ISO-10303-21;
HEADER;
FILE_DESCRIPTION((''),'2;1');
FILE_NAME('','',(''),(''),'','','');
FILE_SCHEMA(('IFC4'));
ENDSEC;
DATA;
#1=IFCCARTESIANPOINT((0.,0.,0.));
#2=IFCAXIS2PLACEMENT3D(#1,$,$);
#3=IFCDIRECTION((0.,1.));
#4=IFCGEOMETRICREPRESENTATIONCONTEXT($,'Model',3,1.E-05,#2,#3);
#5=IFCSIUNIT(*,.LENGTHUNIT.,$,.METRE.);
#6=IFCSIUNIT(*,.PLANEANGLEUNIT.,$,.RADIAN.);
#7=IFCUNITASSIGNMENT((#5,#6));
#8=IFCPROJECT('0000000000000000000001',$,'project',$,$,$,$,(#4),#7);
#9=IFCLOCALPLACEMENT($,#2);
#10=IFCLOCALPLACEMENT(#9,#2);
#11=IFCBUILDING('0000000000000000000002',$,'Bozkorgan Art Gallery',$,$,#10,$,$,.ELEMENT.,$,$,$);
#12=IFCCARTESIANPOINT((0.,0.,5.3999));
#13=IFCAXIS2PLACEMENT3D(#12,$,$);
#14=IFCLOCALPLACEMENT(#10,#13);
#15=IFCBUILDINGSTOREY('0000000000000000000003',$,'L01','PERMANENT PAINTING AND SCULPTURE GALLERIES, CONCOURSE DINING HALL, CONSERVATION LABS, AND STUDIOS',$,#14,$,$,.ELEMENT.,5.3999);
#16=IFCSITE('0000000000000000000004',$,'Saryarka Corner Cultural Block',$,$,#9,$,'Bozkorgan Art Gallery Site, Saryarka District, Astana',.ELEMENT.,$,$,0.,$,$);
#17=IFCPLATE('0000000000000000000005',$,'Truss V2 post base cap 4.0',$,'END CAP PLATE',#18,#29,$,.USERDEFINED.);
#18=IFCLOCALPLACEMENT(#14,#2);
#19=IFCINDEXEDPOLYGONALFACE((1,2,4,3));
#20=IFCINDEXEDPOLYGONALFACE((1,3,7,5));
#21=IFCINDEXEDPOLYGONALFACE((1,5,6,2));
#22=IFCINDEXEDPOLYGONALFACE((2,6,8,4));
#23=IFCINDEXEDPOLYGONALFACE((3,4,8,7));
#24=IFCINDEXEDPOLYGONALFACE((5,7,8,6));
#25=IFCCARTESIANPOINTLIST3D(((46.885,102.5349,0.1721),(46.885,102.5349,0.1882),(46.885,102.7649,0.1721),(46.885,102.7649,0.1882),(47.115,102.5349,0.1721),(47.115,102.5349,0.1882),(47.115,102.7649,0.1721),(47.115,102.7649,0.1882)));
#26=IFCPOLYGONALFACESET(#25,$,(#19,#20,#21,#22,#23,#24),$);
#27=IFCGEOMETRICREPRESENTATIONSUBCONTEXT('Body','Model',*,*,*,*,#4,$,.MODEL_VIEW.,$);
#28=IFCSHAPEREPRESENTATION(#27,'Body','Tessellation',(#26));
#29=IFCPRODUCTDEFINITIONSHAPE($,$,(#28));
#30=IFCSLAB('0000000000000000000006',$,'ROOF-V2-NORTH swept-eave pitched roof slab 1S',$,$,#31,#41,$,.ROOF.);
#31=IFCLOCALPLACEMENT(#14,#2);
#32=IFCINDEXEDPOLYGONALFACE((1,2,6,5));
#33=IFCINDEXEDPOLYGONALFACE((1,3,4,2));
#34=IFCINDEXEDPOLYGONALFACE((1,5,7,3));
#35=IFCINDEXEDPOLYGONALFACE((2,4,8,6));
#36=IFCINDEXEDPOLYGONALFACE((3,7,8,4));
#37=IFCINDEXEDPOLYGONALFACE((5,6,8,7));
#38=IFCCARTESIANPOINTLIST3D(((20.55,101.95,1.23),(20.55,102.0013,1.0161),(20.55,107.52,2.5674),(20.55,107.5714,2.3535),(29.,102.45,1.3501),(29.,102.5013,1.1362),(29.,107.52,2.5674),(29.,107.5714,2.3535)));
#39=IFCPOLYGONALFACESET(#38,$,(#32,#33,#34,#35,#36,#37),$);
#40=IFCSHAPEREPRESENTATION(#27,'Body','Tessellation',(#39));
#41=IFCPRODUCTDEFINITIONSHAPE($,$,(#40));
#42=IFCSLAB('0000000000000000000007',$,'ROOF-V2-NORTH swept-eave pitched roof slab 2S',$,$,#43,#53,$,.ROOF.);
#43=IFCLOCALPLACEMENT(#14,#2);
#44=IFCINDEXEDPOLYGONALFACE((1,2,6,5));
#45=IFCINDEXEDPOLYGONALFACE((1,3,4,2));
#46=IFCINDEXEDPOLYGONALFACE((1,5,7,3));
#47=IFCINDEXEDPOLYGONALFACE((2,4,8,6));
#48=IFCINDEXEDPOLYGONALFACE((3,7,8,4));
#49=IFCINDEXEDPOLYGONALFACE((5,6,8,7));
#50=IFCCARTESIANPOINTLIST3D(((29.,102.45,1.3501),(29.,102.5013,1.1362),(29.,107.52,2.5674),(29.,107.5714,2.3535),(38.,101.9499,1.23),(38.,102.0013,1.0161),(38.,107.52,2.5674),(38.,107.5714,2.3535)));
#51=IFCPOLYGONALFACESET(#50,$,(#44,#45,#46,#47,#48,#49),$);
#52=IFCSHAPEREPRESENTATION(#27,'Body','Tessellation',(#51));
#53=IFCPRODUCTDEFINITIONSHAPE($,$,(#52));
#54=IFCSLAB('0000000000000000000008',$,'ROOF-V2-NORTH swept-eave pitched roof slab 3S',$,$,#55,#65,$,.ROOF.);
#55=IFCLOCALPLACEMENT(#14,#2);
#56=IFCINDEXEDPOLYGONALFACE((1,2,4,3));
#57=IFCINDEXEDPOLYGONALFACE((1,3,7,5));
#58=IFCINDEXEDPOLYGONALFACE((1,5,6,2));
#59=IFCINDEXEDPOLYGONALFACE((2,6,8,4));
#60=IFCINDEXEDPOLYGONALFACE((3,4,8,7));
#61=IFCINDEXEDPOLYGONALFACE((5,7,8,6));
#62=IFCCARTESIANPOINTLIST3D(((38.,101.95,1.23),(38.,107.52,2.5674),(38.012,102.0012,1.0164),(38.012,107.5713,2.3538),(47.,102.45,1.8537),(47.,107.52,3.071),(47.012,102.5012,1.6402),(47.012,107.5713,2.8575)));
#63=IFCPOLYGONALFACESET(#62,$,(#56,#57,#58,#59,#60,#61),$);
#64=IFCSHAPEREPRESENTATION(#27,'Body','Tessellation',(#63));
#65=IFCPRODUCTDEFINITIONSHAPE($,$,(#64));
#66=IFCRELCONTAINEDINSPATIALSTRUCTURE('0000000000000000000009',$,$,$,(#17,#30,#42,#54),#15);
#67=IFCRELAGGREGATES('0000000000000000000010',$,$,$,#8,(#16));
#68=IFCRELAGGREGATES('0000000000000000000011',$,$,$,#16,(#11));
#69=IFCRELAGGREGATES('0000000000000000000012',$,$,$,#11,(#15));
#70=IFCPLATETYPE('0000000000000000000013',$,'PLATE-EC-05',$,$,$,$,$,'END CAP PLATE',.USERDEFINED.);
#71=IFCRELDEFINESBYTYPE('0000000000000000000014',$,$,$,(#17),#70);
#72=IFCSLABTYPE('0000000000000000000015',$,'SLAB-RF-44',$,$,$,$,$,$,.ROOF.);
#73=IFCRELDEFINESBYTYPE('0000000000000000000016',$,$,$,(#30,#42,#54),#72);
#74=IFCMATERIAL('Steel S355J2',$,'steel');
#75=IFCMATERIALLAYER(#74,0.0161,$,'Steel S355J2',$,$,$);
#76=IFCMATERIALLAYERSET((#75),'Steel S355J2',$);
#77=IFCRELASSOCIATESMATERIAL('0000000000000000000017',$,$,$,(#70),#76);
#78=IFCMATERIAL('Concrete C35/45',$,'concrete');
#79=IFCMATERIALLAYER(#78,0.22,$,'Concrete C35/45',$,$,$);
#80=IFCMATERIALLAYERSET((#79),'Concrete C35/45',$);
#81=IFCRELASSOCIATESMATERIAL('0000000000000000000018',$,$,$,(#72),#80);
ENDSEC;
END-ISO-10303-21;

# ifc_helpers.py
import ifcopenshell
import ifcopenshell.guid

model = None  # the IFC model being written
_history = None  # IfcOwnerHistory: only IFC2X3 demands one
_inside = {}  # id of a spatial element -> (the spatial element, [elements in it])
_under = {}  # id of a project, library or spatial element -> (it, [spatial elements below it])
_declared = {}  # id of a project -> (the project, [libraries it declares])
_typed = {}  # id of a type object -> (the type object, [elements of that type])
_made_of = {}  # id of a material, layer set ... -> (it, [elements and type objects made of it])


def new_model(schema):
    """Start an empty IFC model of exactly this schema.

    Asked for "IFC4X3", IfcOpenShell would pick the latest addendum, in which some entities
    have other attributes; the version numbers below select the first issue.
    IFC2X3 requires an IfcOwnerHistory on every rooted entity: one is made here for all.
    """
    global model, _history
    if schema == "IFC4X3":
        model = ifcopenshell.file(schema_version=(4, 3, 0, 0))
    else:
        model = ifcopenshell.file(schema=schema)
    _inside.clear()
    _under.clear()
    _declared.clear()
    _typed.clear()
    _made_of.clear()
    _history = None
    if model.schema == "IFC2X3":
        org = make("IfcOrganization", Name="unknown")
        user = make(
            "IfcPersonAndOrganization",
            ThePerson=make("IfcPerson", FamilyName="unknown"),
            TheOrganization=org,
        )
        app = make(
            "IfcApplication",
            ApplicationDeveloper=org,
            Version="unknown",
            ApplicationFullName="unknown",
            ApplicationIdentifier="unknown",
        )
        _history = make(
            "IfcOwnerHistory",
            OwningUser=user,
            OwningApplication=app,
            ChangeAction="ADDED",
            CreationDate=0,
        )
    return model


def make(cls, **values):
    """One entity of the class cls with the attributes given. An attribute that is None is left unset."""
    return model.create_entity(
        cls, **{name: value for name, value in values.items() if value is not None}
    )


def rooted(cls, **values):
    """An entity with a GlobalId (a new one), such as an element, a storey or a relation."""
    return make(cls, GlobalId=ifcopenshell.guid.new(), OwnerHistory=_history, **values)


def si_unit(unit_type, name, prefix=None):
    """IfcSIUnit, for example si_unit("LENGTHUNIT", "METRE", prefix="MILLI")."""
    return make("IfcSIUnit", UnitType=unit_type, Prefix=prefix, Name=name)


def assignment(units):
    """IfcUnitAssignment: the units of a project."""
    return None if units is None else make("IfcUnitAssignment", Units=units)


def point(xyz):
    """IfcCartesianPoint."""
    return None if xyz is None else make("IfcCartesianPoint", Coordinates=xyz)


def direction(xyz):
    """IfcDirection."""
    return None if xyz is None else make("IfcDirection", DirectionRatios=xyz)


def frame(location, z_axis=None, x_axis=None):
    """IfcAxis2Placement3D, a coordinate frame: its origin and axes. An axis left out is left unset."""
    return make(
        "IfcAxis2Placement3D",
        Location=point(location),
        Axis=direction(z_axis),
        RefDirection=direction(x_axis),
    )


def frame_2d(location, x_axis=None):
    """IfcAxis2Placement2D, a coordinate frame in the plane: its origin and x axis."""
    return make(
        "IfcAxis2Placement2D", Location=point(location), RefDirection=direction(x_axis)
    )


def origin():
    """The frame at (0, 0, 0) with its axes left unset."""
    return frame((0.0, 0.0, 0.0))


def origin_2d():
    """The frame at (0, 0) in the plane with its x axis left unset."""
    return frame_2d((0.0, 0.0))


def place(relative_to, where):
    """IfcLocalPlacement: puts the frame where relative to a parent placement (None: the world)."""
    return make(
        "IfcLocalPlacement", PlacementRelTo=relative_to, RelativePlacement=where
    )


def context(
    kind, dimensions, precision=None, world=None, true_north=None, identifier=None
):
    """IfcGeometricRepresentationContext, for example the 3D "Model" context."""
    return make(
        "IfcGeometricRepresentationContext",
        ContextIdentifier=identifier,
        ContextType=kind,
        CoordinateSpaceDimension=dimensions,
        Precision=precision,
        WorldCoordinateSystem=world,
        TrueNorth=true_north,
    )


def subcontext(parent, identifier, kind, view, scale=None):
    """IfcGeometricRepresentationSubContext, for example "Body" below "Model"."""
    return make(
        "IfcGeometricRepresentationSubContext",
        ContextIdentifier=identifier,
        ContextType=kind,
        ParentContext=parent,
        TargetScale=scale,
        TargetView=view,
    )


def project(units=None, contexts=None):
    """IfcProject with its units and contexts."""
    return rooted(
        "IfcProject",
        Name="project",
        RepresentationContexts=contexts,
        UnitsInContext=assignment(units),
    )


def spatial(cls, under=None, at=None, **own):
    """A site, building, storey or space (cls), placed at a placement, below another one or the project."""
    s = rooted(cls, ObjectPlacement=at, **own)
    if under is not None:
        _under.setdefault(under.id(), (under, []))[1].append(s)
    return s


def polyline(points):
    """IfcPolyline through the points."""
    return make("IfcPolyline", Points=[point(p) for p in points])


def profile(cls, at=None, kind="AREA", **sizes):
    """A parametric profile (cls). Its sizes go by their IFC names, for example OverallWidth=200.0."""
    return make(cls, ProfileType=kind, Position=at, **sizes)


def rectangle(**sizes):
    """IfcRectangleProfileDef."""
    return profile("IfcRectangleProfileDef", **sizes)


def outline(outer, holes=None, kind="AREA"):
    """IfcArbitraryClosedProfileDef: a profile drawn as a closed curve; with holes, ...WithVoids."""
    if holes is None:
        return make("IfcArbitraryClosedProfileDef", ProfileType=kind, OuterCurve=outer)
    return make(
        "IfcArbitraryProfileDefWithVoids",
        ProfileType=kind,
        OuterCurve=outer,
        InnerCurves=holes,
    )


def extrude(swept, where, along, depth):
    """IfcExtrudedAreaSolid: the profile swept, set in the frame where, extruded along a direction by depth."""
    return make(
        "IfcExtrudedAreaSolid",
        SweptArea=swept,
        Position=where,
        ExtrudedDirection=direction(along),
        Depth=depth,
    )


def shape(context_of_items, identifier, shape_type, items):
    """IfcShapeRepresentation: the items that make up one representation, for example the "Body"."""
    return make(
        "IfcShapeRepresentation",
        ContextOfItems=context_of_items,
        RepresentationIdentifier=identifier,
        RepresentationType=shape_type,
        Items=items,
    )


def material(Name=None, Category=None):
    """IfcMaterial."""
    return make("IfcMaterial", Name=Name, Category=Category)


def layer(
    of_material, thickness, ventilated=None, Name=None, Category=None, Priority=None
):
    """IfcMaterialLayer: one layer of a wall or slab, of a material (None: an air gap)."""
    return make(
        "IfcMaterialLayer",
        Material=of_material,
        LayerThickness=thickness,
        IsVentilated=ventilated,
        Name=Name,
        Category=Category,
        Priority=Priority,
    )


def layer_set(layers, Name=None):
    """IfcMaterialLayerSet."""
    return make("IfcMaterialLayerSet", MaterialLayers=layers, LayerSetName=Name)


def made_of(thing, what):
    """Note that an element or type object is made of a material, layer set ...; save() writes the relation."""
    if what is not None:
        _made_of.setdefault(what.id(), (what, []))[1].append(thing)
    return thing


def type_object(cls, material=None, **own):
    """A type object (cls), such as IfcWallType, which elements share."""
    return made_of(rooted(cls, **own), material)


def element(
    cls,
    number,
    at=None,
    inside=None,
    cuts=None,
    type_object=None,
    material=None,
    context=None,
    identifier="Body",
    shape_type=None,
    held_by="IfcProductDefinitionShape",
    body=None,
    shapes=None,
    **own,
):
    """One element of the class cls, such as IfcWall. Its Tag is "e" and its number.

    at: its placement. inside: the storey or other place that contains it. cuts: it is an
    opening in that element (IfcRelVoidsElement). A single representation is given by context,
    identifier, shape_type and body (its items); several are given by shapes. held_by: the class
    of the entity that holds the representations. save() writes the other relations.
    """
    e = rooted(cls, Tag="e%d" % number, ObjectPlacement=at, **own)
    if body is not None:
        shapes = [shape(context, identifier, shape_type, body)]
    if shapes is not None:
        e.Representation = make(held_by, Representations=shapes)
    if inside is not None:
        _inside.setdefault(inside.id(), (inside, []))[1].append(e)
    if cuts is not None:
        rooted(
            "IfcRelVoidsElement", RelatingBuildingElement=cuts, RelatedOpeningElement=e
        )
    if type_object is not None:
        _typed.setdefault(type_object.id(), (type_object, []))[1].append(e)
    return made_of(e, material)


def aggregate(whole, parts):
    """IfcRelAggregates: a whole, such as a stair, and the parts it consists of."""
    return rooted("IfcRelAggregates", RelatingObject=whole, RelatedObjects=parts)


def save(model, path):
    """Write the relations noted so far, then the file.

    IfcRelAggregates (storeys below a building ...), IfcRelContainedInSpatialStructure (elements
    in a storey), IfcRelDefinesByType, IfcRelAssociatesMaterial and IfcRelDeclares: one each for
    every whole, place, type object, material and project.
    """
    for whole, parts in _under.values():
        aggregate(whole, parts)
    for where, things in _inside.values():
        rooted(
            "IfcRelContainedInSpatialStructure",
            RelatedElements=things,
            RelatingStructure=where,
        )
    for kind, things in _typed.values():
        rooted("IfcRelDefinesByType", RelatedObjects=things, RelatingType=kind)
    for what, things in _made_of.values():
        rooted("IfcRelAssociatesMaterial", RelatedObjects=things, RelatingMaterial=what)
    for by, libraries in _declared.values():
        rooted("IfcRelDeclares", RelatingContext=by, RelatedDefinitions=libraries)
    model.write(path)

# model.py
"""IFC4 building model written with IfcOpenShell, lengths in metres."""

from ifc_helpers import new_model, si_unit, direction, frame, origin, origin_2d, place, context, subcontext, project, spatial, polyline, rectangle, outline, extrude, material, layer, layer_set, type_object, element, save


model = new_model("IFC4")

# Units and contexts
model_context = context("Model", 3, precision=1e-05, world=origin(), true_north=direction((0.0, 1.0)))
body_context = subcontext(model_context, "Body", "Model", "MODEL_VIEW")
ifc_project = project(units=[si_unit("LENGTHUNIT", "METRE"), si_unit("PLANEANGLEUNIT", "RADIAN")], contexts=[model_context])

# Site, building, storey
site_placement = place(None, origin())
site = spatial("IfcSite", under=ifc_project, at=site_placement, Name="Saryarka Corner Cultural Block", LongName="Bozkorgan Art Gallery Site, Saryarka District, Astana", CompositionType="ELEMENT", RefElevation=0.0)
building_placement = place(site_placement, origin())
building = spatial("IfcBuilding", under=site, at=building_placement, Name="Bozkorgan Art Gallery", CompositionType="ELEMENT")
storey_placement = place(building_placement, frame((0.0, 0.0, 5.3999)))
storey = spatial("IfcBuildingStorey", under=building, at=storey_placement, Name="L01", Description="PERMANENT PAINTING AND SCULPTURE GALLERIES, CONCOURSE DINING HALL, CONSERVATION LABS, AND STUDIOS", CompositionType="ELEMENT", Elevation=5.3999)

# Shared definitions
ifc_material_1 = material(Name="Steel S355J2", Category="steel")

# Plate
ifc_layer_1 = layer(ifc_material_1, 0.0161, Name="Steel S355J2")
ifc_layer_set_1 = layer_set([ifc_layer_1], Name="Steel S355J2")
plate_type_1 = type_object("IfcPlateType", Name="PLATE-EC-05", ElementType="END CAP PLATE", PredefinedType="USERDEFINED", material=ifc_layer_set_1)
for number, where, z_axis, x_axis, name in (
    (1, (47.0, 102.6499, 0.1721), (0.0, 0.0, 1.0), (1.0, 0.0, 0.0), "Truss V2 post base cap 4.0"),
):
    element("IfcPlate", number, at=place(storey_placement, frame(where, z_axis=z_axis, x_axis=x_axis)), inside=storey, type_object=plate_type_1, Name=name, ObjectType="END CAP PLATE", PredefinedType="USERDEFINED", context=body_context, shape_type="SweptSolid", body=[
        extrude(rectangle(XDim=0.23, YDim=0.23, at=origin_2d()), origin(), (0.0, 0.0, 1.0), 0.0161),
    ])

# Slabs
ifc_material_2 = material(Name="Concrete C35/45", Category="concrete")
ifc_layer_2 = layer(ifc_material_2, 0.22, Name="Concrete C35/45")
ifc_layer_set_2 = layer_set([ifc_layer_2], Name="Concrete C35/45")
slab_type = type_object("IfcSlabType", Name="SLAB-RF-44", PredefinedType="ROOF", material=ifc_layer_set_2)
slab_1_placement = place(storey_placement, frame((20.55, 101.95, 1.23), z_axis=(-0.000004, -0.233464, 0.972365), x_axis=(0.998153, 0.059064, 0.014185)))
element("IfcSlab", 2, at=slab_1_placement, inside=storey, type_object=slab_type, Name="ROOF-V2-NORTH swept-eave pitched roof slab 1S", PredefinedType="ROOF", context=body_context, shape_type="SweptSolid", body=[
    extrude(outline(polyline([(0.0, 0.0), (8.4656, 0.0), (8.7823, 5.2045), (0.348, 5.7178), (0.0, 0.0)])), origin(), (0.0, 0.0, -1.0), 0.22),
])
slab_2_placement = place(storey_placement, frame((29.0, 102.45, 1.3501), z_axis=(0.000004, -0.233464, 0.972365), x_axis=(0.998372, -0.055466, -0.013321)))
element("IfcSlab", 3, at=slab_2_placement, inside=storey, type_object=slab_type, Name="ROOF-V2-NORTH swept-eave pitched roof slab 2S", PredefinedType="ROOF", context=body_context, shape_type="SweptSolid", body=[
    extrude(outline(polyline([(0.0, 0.0), (9.0147, 0.0), (8.6879, 5.719), (-0.2974, 5.2057), (0.0, 0.0)])), origin(), (0.0, 0.0, -1.0), 0.22),
])
slab_3_placement = place(storey_placement, frame((38.0, 101.95, 1.23), z_axis=(-0.054339, -0.233119, 0.970929), x_axis=(0.996078, 0.055339, 0.069033)))
element("IfcSlab", 4, at=slab_3_placement, inside=storey, type_object=slab_type, Name="ROOF-V2-NORTH swept-eave pitched roof slab 3S", PredefinedType="ROOF", context=body_context, shape_type="SweptSolid", body=[
    extrude(outline(polyline([(0.0, 0.0), (9.0354, 0.0), (9.4, 5.2014), (0.4006, 5.7144), (0.0, 0.0)])), origin(), (0.0, 0.0, -1.0), 0.22),
])

save(model, "model.ifc")
